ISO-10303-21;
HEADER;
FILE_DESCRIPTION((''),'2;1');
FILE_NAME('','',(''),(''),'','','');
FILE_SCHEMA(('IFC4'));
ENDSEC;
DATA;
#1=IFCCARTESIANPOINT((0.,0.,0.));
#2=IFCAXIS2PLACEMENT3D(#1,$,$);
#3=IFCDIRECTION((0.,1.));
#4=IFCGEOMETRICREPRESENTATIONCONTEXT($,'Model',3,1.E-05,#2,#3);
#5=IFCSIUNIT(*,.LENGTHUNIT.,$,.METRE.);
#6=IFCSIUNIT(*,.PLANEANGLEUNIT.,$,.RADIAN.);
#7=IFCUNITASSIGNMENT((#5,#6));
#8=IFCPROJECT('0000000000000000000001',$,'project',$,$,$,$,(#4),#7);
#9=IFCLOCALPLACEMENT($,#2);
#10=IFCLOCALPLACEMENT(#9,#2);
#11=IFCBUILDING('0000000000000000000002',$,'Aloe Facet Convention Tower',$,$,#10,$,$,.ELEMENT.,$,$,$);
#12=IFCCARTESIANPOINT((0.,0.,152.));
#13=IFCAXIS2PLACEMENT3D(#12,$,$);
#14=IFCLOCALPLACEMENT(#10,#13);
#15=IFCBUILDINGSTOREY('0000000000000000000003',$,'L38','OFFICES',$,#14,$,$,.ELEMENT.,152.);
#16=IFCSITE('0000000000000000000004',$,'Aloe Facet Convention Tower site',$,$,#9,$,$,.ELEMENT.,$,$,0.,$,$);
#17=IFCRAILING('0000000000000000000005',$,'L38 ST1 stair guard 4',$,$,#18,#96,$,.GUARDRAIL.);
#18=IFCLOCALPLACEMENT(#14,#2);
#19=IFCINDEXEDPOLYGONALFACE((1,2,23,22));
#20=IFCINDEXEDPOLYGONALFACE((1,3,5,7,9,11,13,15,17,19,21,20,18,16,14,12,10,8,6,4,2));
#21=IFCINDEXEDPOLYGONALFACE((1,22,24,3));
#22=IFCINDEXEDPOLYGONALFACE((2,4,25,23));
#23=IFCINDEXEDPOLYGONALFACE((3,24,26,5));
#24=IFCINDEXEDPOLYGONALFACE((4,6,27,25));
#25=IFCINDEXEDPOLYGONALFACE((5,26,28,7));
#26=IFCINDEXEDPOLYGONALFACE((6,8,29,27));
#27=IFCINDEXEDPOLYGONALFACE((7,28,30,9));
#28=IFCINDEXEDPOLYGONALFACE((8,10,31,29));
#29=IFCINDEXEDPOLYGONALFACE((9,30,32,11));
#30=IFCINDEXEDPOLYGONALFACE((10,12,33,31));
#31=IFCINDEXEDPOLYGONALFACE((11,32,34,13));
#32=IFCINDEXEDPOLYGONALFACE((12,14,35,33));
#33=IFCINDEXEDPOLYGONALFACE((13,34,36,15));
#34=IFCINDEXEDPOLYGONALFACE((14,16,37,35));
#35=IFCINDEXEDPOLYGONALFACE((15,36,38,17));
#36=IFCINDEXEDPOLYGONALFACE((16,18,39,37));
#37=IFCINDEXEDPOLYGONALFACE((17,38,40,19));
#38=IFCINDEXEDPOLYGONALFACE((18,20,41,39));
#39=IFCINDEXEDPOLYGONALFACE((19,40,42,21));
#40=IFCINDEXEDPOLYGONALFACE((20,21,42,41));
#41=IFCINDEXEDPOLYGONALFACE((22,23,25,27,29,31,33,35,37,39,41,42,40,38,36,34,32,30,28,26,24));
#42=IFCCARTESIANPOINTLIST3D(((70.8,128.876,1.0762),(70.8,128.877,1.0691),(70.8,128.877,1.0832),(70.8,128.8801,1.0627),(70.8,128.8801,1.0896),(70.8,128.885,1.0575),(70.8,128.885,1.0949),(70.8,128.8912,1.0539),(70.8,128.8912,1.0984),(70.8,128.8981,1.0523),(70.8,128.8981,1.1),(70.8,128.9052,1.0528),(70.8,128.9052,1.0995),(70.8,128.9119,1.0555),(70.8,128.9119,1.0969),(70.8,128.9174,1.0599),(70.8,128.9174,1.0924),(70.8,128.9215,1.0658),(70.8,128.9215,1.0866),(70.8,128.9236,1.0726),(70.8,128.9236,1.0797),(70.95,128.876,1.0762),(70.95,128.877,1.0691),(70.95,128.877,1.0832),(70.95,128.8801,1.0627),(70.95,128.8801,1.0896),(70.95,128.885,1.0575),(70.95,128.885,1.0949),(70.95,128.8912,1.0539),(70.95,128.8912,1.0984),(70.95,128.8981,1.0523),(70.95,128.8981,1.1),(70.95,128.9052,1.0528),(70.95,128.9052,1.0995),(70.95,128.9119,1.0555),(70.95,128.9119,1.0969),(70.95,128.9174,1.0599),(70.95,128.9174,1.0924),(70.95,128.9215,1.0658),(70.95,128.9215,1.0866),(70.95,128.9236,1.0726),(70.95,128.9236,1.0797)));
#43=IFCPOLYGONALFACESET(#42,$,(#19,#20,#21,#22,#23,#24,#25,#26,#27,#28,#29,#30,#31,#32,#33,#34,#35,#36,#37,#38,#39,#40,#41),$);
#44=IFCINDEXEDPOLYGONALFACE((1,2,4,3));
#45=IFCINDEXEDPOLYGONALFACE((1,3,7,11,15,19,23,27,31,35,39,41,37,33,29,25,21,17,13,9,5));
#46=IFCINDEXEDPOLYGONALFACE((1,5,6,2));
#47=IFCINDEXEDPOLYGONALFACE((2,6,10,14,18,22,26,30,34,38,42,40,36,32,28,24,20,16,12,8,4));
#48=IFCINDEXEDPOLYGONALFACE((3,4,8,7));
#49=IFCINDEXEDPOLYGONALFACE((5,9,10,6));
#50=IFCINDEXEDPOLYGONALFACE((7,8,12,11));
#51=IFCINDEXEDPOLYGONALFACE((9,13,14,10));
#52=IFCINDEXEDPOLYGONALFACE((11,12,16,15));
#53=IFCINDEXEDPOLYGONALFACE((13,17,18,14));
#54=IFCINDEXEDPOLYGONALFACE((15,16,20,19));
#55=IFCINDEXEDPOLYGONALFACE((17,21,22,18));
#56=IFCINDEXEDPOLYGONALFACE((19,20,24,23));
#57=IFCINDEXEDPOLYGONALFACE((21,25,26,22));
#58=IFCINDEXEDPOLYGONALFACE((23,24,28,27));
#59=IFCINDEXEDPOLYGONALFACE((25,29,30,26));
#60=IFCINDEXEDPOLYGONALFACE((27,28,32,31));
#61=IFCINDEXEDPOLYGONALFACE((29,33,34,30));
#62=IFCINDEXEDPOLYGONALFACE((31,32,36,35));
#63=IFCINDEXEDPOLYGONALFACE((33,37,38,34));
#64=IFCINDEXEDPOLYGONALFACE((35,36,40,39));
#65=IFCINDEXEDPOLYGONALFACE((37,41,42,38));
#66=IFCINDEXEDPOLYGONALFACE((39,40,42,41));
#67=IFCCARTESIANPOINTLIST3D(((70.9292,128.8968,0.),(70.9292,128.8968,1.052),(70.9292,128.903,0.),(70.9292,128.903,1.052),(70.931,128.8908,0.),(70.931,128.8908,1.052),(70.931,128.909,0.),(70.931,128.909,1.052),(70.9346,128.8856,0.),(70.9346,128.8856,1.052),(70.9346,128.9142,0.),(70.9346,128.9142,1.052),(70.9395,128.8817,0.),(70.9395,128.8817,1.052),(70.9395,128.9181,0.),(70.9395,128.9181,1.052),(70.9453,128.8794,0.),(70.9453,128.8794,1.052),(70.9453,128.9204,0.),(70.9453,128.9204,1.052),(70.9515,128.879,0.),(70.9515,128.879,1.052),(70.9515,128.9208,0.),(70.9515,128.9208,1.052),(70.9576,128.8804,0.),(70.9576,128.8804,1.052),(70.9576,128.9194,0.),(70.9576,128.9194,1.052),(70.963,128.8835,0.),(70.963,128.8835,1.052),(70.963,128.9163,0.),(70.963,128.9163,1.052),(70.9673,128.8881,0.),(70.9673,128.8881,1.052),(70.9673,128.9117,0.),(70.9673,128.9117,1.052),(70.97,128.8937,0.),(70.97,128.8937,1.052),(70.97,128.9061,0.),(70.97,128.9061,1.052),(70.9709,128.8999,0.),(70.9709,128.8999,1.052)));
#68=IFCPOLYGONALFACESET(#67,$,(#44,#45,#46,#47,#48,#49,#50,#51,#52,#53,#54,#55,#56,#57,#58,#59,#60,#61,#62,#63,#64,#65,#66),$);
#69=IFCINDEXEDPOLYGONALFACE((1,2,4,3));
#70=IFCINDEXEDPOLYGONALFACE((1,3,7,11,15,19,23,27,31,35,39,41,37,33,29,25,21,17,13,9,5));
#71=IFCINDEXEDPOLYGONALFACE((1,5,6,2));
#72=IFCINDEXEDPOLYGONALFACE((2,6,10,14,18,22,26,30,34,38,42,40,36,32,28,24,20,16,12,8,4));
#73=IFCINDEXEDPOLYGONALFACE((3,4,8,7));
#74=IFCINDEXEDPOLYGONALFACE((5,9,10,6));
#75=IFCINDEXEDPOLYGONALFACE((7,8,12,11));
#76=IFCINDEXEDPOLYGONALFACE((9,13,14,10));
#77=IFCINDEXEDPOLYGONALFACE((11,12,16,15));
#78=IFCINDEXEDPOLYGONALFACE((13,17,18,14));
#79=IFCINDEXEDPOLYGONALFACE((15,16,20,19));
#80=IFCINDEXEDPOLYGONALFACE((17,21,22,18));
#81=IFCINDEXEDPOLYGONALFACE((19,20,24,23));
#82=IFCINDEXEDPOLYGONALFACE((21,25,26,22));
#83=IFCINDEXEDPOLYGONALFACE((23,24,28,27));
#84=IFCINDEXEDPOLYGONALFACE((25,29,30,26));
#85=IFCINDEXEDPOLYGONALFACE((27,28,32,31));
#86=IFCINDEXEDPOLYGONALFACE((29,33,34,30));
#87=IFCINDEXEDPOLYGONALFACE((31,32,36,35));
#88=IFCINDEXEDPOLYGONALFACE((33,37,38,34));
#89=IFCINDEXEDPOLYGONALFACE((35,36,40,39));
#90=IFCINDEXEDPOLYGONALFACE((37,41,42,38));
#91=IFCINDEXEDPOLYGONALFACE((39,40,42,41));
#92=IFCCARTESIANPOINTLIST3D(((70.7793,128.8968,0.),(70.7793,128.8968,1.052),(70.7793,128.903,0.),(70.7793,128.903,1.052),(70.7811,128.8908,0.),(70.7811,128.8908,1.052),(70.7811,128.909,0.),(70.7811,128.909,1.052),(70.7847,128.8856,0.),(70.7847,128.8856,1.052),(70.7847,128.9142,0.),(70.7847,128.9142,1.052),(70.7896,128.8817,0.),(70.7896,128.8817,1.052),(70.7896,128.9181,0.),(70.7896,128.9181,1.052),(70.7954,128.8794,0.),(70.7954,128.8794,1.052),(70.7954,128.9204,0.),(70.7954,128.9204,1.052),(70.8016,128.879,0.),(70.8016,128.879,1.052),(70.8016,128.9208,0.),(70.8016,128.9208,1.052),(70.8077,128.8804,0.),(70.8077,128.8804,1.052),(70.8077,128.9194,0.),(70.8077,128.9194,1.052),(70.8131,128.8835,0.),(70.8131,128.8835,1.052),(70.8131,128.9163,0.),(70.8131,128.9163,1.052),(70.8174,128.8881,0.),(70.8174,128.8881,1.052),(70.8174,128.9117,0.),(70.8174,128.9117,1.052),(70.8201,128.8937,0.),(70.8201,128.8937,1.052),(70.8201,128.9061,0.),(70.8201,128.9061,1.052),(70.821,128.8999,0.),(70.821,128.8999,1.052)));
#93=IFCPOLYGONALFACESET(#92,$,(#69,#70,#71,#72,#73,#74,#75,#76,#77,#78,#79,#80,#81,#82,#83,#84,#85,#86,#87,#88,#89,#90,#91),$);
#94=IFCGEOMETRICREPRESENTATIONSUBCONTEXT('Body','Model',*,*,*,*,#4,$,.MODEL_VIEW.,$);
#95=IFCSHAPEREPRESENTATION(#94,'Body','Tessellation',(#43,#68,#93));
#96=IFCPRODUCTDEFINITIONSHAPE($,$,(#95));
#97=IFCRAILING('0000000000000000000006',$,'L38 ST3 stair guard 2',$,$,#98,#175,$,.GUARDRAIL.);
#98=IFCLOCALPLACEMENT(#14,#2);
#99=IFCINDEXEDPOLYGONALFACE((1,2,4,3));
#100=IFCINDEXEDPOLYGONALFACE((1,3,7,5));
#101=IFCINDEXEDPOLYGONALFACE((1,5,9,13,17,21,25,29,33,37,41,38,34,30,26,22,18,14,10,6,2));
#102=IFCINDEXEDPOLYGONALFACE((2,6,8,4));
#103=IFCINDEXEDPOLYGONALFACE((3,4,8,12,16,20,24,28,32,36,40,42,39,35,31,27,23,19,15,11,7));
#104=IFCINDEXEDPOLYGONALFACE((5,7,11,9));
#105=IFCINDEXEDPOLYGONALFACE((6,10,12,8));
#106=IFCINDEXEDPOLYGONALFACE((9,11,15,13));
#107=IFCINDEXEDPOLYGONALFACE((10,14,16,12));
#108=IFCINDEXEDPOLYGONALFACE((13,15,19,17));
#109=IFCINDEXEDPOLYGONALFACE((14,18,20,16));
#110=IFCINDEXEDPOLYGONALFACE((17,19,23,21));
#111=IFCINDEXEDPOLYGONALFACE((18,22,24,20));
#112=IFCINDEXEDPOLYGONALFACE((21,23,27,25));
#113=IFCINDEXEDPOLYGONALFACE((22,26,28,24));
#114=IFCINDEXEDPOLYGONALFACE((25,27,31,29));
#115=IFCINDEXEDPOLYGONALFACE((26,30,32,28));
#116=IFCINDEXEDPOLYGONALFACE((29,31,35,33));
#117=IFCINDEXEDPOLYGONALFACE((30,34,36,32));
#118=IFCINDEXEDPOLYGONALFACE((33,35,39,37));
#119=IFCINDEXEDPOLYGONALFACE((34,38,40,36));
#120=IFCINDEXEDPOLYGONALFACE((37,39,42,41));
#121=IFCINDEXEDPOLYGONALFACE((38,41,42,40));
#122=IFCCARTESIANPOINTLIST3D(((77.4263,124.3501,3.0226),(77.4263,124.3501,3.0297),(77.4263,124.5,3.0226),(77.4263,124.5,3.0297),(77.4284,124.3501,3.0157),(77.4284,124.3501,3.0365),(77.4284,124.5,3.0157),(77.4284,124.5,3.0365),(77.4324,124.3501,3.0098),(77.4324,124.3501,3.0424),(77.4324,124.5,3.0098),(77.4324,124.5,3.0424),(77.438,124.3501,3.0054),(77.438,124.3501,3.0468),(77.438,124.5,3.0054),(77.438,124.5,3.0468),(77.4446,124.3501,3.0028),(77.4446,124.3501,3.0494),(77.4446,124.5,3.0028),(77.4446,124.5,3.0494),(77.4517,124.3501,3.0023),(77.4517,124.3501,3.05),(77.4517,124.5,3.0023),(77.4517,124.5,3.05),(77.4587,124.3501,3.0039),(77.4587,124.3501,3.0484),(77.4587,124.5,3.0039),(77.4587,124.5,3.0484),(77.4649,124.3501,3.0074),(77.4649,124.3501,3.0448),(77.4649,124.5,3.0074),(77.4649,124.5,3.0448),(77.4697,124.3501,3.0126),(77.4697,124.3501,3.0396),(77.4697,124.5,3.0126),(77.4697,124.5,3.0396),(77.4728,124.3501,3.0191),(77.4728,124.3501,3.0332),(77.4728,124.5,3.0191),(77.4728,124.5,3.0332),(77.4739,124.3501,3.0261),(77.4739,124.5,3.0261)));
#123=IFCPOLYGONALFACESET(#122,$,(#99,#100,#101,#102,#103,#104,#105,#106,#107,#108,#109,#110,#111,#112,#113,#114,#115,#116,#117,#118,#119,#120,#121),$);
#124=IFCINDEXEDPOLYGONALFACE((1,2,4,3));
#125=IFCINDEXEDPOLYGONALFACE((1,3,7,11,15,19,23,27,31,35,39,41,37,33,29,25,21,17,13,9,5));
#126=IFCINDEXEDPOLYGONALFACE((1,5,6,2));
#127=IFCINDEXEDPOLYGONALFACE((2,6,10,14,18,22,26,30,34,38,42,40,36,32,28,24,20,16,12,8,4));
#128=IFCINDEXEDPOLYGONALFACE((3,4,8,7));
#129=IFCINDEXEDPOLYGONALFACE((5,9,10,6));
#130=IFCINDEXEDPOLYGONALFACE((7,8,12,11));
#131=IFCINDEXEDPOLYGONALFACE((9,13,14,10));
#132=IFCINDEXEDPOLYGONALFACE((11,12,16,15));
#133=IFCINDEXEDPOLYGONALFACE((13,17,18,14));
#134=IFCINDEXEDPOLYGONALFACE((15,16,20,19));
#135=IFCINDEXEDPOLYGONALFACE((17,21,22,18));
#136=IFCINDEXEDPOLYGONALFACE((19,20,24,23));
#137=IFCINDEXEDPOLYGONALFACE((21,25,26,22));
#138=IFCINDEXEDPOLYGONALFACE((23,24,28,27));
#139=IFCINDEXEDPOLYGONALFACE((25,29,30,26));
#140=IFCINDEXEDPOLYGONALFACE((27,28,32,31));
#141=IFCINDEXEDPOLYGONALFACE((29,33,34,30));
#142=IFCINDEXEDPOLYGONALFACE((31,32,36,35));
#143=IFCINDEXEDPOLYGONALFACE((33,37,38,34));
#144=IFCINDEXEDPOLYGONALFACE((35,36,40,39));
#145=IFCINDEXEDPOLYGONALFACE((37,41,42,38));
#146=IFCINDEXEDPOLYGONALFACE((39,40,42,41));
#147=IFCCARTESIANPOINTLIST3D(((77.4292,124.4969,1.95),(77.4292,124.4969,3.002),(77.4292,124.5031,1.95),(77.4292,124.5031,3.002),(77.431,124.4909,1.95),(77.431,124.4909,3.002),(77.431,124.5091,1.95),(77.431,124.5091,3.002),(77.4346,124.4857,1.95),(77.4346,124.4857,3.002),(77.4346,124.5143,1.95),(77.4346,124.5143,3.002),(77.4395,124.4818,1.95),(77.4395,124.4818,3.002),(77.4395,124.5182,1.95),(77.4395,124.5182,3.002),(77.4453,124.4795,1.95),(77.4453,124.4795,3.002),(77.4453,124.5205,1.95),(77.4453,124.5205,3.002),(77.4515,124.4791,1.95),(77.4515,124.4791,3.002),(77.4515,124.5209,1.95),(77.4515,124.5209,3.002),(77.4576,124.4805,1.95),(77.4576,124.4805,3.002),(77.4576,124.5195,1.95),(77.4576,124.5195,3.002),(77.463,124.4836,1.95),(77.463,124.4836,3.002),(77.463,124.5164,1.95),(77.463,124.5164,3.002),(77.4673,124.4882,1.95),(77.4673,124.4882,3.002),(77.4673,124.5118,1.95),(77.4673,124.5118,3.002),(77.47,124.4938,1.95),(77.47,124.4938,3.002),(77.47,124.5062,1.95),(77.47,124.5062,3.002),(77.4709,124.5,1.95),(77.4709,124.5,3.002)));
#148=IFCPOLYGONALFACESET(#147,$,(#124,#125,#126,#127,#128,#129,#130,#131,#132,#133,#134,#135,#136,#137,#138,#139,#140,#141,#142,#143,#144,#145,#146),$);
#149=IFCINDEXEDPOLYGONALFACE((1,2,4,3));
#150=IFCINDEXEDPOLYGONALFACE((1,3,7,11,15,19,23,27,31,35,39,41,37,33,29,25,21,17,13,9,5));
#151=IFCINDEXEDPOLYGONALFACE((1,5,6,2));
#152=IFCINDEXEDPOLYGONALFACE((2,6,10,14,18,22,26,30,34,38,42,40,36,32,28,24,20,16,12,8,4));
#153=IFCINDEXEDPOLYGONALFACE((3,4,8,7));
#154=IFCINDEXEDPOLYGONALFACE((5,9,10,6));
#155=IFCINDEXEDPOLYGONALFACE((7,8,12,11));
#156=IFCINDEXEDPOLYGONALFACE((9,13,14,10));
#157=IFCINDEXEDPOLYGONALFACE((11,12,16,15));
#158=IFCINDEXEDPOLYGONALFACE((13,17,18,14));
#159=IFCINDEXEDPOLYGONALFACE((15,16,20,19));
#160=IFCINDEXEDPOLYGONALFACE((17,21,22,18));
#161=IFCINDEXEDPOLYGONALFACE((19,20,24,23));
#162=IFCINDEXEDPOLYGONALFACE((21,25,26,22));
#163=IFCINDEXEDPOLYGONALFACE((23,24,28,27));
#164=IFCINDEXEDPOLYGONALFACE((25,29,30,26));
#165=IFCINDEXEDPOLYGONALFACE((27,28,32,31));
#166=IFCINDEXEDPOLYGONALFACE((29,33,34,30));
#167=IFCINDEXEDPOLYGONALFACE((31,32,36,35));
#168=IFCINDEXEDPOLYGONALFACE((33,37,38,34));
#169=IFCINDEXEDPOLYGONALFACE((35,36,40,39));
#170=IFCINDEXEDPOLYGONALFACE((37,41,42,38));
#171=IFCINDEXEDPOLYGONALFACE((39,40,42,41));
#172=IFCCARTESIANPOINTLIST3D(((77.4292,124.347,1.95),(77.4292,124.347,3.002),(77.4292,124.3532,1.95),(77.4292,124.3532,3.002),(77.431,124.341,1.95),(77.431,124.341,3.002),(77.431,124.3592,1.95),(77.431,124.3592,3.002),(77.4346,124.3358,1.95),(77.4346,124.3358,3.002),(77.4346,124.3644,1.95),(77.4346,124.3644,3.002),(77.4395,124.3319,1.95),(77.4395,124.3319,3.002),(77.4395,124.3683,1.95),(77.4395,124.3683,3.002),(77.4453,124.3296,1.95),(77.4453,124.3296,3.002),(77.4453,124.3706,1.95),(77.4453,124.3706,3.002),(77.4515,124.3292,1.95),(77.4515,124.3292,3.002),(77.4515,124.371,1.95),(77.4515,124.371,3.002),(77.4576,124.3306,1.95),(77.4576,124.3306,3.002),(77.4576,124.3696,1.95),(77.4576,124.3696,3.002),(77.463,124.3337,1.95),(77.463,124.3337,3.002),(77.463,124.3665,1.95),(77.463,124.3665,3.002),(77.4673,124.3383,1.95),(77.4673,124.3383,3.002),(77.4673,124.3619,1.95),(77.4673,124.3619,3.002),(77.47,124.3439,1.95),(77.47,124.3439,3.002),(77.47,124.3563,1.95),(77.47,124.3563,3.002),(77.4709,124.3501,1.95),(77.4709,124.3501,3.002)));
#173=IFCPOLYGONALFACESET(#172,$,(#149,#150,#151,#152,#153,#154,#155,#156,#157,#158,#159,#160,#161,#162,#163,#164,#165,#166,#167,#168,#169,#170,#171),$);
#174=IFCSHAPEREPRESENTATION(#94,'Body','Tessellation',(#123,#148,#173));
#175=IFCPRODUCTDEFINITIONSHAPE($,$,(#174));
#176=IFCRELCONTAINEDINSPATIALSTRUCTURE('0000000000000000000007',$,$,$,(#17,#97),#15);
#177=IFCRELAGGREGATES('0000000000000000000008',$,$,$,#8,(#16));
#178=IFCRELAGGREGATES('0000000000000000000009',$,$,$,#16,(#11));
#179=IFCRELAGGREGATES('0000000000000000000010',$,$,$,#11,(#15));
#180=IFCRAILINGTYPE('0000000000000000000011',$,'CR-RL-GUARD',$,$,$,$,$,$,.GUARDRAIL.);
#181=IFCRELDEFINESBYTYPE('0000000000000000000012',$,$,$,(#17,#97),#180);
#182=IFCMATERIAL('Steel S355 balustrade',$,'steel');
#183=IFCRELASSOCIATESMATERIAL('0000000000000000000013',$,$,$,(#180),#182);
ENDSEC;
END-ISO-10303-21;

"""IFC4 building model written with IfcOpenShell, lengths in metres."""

from ifc_helpers import new_model, si_unit, direction, frame, origin, origin_2d, place, context, subcontext, project, spatial, circle, extrude, material, type_object, element, save


model = new_model("IFC4")

# Units and contexts
model_context = context("Model", 3, precision=1e-05, world=origin(), true_north=direction((0.0, 1.0)))
body_context = subcontext(model_context, "Body", "Model", "MODEL_VIEW")
ifc_project = project(units=[si_unit("LENGTHUNIT", "METRE"), si_unit("PLANEANGLEUNIT", "RADIAN")], contexts=[model_context])

# Site, building, storey
site_placement = place(None, origin())
site = spatial("IfcSite", under=ifc_project, at=site_placement, Name="Aloe Facet Convention Tower site", CompositionType="ELEMENT", RefElevation=0.0)
building_placement = place(site_placement, origin())
building = spatial("IfcBuilding", under=site, at=building_placement, Name="Aloe Facet Convention Tower", CompositionType="ELEMENT")
storey_placement = place(building_placement, frame((0.0, 0.0, 152.0)))
storey = spatial("IfcBuildingStorey", under=building, at=storey_placement, Name="L38", Description="OFFICES", CompositionType="ELEMENT", Elevation=152.0)

# Railings
ifc_material_1 = material(Name="Steel S355 balustrade", Category="steel")
railing_type_1 = type_object("IfcRailingType", Name="CR-RL-GUARD", PredefinedType="GUARDRAIL", material=ifc_material_1)
railing_1_placement = place(storey_placement, frame((70.95, 128.8999, 0.0)))
element("IfcRailing", 1, at=railing_1_placement, inside=storey, type_object=railing_type_1, Name="L38 ST1 stair guard 4", PredefinedType="GUARDRAIL", context=body_context, shape_type="SweptSolid", body=[
    extrude(circle(Radius=0.0239, at=origin_2d()), frame((0.0, 0.0, 1.0762), z_axis=(-1.0, 0.0, 0.0), x_axis=(0.0, -1.0, 0.0)), (0.0, 0.0, 1.0), 0.1499),
    extrude(circle(Radius=0.021, at=origin_2d()), origin(), (0.0, 0.0, 1.0), 1.052),
    extrude(circle(Radius=0.021, at=origin_2d()), frame((-0.1499, 0.0, 0.0)), (0.0, 0.0, 1.0), 1.052),
])
railing_2_placement = place(storey_placement, frame((77.45, 124.5, 1.95)))
element("IfcRailing", 2, at=railing_2_placement, inside=storey, type_object=railing_type_1, Name="L38 ST3 stair guard 2", PredefinedType="GUARDRAIL", context=body_context, shape_type="SweptSolid", body=[
    extrude(circle(Radius=0.0239, at=origin_2d()), frame((0.0, 0.0, 1.0762), z_axis=(0.0, -1.0, 0.0), x_axis=(1.0, 0.0, 0.0)), (0.0, 0.0, 1.0), 0.1499),
    extrude(circle(Radius=0.021, at=origin_2d()), origin(), (0.0, 0.0, 1.0), 1.052),
    extrude(circle(Radius=0.021, at=origin_2d()), frame((0.0, -0.1499, 0.0)), (0.0, 0.0, 1.0), 1.052),
])

save(model, "model.ifc")
